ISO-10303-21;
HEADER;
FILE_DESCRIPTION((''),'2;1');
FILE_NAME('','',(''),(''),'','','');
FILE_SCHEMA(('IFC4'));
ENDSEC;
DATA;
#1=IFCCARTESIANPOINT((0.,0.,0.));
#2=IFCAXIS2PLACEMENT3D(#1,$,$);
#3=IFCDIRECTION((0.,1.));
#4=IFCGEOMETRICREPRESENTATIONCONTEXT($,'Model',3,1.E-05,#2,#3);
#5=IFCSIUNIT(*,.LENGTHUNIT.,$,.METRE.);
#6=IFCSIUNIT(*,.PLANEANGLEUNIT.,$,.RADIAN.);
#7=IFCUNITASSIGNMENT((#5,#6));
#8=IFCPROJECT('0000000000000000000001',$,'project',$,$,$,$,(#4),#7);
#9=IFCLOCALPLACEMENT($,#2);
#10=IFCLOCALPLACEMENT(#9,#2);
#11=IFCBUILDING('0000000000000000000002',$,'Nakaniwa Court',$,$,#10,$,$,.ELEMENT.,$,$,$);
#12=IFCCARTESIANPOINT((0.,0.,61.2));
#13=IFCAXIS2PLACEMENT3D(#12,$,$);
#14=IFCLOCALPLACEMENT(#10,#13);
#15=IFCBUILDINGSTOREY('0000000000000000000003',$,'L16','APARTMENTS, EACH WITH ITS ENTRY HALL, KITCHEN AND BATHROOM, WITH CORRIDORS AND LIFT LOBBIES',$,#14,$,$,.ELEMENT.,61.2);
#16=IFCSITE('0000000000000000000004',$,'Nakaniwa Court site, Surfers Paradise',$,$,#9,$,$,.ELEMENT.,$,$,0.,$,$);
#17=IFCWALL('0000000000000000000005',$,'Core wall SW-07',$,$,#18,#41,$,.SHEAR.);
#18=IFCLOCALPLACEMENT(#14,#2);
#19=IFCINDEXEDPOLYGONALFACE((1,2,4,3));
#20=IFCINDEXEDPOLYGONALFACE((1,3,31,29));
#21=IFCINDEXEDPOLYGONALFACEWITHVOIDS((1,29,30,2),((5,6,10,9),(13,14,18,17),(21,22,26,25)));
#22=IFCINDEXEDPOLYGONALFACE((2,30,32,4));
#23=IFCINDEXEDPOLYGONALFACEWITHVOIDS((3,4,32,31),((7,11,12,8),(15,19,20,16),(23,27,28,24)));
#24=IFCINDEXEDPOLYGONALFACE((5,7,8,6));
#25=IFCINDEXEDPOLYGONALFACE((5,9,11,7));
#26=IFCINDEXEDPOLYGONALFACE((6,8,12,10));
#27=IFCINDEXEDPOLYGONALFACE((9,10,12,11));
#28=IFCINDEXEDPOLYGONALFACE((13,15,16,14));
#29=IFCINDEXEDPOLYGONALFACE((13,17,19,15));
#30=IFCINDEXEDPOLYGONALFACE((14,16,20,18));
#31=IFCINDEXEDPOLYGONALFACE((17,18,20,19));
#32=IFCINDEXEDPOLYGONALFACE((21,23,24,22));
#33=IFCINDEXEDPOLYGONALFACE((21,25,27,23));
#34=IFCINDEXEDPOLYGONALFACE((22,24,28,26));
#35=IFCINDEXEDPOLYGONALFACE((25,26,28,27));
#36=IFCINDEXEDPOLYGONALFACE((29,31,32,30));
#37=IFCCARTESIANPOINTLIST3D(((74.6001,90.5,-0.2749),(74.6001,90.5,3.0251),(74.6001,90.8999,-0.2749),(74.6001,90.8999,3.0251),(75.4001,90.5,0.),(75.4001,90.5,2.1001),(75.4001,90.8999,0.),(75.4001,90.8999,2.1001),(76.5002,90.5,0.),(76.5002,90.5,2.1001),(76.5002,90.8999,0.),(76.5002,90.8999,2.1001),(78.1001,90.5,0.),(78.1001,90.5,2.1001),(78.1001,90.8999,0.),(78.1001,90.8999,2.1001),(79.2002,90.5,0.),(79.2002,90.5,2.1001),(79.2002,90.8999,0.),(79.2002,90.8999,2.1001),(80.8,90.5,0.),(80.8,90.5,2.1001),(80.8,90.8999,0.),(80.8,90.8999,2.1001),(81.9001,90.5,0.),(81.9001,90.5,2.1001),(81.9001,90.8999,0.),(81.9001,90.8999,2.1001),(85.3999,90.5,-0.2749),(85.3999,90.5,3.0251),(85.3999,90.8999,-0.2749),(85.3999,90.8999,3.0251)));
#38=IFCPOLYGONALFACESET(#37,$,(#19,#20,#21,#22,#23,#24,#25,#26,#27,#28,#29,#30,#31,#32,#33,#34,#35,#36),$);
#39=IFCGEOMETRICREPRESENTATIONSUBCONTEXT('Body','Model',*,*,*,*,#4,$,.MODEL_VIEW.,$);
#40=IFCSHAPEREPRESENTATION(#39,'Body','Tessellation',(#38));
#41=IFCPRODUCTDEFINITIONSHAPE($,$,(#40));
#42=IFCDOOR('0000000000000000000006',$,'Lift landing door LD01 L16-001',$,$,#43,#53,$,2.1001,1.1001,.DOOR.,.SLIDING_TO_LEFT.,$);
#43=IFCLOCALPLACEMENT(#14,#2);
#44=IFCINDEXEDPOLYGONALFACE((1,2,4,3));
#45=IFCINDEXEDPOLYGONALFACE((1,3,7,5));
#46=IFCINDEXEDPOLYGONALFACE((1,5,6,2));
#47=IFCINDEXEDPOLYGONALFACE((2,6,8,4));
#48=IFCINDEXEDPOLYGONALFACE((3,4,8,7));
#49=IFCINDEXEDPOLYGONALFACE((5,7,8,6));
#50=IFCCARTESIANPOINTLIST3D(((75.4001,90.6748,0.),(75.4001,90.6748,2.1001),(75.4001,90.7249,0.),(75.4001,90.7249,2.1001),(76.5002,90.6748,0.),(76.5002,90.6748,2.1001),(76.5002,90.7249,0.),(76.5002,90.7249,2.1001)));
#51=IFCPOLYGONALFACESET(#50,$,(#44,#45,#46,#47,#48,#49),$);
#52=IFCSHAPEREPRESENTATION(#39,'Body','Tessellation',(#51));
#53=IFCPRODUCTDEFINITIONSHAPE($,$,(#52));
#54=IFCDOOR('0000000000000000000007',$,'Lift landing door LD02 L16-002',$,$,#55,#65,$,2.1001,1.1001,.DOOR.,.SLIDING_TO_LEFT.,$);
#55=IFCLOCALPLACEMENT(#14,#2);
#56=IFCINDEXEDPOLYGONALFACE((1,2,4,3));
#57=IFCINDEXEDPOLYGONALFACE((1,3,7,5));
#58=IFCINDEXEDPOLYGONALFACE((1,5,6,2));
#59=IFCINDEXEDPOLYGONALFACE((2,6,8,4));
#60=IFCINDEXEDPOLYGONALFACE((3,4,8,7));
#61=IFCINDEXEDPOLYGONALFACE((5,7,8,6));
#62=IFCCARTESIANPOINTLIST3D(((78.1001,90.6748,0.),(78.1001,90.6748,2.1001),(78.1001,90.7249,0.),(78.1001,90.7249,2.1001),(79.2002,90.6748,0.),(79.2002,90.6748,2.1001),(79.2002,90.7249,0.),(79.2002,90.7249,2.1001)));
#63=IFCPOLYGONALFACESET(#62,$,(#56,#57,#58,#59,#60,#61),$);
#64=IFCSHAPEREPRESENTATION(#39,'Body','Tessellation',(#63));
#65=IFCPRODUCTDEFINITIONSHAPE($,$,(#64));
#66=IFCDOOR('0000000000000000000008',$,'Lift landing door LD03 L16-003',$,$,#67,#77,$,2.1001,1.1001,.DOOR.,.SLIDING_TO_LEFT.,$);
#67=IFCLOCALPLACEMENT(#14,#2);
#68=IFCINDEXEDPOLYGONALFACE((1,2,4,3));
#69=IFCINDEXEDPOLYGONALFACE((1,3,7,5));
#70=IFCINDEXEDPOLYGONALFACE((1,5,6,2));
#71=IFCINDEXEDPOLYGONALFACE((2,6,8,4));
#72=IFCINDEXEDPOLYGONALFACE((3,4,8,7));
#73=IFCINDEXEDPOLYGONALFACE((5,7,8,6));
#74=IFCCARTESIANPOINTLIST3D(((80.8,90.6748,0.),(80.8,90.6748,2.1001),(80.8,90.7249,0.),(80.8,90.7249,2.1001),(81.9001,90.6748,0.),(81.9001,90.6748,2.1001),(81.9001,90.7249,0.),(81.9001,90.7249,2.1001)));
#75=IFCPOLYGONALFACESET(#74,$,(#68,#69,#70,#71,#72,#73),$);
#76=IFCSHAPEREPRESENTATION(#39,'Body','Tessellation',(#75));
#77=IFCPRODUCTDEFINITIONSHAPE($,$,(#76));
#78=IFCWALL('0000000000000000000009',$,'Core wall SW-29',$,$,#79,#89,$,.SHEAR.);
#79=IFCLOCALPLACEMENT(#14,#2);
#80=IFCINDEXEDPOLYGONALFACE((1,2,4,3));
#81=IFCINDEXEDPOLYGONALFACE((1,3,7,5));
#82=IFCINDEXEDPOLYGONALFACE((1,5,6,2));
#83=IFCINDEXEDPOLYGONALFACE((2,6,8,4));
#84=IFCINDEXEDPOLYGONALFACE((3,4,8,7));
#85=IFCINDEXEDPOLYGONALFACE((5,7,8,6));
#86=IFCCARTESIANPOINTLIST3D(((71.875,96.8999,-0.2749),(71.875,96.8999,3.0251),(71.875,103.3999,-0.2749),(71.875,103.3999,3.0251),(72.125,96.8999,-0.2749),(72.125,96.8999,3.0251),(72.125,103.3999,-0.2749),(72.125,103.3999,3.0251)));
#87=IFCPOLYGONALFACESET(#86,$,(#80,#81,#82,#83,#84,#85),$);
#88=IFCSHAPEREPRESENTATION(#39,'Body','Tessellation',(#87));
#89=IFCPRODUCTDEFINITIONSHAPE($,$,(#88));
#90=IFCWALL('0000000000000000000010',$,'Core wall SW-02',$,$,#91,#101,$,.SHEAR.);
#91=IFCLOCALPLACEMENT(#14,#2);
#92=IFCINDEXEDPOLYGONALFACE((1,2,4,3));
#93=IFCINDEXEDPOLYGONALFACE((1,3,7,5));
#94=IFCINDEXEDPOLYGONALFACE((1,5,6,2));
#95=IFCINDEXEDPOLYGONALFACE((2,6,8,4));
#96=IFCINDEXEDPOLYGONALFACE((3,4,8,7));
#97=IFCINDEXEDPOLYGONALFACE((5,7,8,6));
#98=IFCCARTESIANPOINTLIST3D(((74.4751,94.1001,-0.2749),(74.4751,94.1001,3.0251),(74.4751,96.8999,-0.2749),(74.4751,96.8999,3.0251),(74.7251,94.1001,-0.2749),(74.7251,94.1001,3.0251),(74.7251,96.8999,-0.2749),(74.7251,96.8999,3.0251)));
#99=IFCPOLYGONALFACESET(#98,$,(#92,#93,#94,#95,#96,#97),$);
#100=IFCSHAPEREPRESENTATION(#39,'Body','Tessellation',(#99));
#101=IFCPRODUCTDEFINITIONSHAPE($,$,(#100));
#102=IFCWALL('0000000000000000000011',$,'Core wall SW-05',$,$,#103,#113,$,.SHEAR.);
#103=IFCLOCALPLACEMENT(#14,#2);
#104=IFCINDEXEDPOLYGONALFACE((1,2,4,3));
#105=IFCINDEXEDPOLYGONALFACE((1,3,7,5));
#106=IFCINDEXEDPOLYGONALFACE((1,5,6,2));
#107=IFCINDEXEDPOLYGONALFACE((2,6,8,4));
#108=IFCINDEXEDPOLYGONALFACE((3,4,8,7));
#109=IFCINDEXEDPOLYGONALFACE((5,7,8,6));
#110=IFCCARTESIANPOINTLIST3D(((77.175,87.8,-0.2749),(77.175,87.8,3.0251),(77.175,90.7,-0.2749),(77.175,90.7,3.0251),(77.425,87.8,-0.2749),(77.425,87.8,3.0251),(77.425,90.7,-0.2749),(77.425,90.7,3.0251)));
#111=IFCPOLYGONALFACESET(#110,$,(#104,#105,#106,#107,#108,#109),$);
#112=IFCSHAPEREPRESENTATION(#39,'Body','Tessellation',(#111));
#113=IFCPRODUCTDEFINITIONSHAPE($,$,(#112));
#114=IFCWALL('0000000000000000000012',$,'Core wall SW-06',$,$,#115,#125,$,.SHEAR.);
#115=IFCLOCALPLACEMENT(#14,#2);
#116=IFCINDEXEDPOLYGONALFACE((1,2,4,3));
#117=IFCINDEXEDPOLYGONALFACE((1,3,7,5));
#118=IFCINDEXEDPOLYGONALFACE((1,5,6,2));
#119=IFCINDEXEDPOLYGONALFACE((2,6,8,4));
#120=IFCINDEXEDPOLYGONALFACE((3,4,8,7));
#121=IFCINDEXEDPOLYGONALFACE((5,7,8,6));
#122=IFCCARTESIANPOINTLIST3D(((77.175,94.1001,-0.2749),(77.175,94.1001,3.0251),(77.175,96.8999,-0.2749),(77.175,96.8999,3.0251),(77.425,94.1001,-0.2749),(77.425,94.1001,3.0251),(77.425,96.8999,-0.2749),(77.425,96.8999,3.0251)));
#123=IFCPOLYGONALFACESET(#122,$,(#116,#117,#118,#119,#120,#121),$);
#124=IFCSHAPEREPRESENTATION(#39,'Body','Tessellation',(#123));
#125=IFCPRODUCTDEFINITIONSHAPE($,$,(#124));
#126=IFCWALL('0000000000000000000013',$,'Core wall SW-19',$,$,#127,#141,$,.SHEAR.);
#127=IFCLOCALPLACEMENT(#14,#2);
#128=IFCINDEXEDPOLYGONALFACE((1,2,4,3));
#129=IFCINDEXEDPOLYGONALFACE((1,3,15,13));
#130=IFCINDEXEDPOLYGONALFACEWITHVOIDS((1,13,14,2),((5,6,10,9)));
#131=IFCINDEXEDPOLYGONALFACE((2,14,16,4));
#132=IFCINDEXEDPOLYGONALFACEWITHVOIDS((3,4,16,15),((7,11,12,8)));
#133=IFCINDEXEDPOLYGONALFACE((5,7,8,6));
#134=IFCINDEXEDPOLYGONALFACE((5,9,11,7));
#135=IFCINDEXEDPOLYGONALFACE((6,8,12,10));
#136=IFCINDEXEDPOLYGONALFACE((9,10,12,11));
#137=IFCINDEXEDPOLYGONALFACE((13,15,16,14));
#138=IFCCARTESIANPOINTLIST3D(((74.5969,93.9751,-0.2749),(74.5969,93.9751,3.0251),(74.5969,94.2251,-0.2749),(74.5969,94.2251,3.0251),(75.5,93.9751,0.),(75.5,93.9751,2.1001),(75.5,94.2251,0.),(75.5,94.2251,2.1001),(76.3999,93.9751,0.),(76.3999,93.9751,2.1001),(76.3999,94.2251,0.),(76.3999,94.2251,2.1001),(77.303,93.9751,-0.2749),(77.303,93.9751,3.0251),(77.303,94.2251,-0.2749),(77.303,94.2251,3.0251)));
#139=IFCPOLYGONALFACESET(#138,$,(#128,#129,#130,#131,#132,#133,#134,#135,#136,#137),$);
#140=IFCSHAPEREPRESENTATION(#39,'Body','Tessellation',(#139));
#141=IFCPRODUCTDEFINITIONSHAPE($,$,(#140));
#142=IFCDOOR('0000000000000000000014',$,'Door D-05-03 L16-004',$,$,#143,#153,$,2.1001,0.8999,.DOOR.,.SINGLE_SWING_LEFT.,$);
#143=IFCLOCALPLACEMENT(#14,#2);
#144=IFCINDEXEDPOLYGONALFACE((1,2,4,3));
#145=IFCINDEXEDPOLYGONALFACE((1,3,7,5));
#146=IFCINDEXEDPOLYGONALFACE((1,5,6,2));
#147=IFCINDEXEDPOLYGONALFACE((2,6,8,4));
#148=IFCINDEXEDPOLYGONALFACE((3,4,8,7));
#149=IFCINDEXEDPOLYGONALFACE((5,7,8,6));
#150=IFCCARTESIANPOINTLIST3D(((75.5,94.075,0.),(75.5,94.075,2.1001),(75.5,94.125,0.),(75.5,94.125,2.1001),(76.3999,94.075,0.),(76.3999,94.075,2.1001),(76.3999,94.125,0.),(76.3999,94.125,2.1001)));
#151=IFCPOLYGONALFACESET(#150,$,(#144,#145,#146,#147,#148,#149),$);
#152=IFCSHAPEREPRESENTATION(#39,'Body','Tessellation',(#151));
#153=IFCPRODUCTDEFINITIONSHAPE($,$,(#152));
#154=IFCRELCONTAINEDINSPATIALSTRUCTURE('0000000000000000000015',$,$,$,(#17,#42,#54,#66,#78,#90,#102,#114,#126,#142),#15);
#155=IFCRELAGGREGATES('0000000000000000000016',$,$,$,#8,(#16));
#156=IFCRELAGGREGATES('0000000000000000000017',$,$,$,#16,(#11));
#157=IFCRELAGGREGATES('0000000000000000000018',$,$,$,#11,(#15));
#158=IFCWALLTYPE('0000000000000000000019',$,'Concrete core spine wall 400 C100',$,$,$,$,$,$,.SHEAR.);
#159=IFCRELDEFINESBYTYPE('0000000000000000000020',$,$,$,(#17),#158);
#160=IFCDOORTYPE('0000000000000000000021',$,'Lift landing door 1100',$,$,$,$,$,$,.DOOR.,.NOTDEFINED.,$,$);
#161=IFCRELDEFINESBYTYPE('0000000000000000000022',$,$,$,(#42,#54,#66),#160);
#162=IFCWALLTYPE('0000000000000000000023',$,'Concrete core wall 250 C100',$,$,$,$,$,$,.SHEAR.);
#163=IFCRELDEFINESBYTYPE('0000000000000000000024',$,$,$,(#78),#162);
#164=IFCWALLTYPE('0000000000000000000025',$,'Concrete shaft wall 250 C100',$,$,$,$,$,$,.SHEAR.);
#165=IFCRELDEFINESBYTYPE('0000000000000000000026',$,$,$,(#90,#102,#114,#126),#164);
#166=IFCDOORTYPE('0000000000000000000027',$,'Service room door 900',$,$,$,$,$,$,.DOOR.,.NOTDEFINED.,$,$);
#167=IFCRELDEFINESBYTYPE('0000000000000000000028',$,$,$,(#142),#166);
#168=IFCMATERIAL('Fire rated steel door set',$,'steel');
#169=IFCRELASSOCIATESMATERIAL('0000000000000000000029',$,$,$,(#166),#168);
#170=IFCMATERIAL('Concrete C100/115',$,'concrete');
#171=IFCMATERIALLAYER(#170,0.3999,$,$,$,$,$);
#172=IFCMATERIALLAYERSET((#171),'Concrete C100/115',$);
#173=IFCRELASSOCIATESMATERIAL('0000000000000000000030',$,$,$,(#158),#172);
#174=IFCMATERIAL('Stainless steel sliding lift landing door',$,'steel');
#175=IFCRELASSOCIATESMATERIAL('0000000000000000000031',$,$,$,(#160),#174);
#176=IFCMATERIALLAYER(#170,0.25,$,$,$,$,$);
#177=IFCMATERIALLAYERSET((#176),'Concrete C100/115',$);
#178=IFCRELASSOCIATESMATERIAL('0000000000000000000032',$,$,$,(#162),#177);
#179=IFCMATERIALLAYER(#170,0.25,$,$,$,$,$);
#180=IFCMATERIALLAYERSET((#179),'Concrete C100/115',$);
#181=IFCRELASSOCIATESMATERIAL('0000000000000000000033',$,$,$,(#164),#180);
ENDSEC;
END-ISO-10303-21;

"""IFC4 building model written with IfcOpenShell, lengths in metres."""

from ifc_helpers import new_model, si_unit, direction, frame, frame_2d, origin, place, context, subcontext, project, spatial, rectangle, extrude, material, layer, layer_set, type_object, element, fill, save


model = new_model("IFC4")

# Units and contexts
model_context = context("Model", 3, precision=1e-05, world=origin(), true_north=direction((0.0, 1.0)))
body_context = subcontext(model_context, "Body", "Model", "MODEL_VIEW")
ifc_project = project(units=[si_unit("LENGTHUNIT", "METRE"), si_unit("PLANEANGLEUNIT", "RADIAN")], contexts=[model_context])

# Site, building, storey
site_placement = place(None, origin())
site = spatial("IfcSite", under=ifc_project, at=site_placement, Name="Nakaniwa Court site, Surfers Paradise", CompositionType="ELEMENT", RefElevation=0.0)
building_placement = place(site_placement, origin())
building = spatial("IfcBuilding", under=site, at=building_placement, Name="Nakaniwa Court", CompositionType="ELEMENT")
storey_placement = place(building_placement, frame((0.0, 0.0, 61.2)))
storey = spatial("IfcBuildingStorey", under=building, at=storey_placement, Name="L16", Description="APARTMENTS, EACH WITH ITS ENTRY HALL, KITCHEN AND BATHROOM, WITH CORRIDORS AND LIFT LOBBIES", CompositionType="ELEMENT", Elevation=61.2)

# Shared definitions
ifc_material_1 = material(Name="Fire rated steel door set", Category="steel")
door_type_1 = type_object("IfcDoorType", Name="Service room door 900", OperationType="NOTDEFINED", PredefinedType="DOOR", material=ifc_material_1)

# Wall, openings, doors
ifc_material_2 = material(Name="Concrete C100/115", Category="concrete")
ifc_layer_1 = layer(ifc_material_2, 0.3999)
ifc_layer_set_1 = layer_set([ifc_layer_1], Name="Concrete C100/115")
wall_type_1 = type_object("IfcWallType", Name="Concrete core spine wall 400 C100", PredefinedType="SHEAR", material=ifc_layer_set_1)
wall_1_placement = place(storey_placement, frame((74.6001, 90.7, -0.2749), z_axis=(0.0, 0.0, 1.0), x_axis=(1.0, 0.0, 0.0)))
wall_1 = element("IfcWall", 1, at=wall_1_placement, inside=storey, type_object=wall_type_1, Name="Core wall SW-07", PredefinedType="SHEAR", context=body_context, shape_type="SweptSolid", body=[
    extrude(rectangle(XDim=10.7998, YDim=0.3999, at=frame_2d((5.3999, 0.0))), origin(), (0.0, 0.0, 1.0), 3.3),
])
opening_1_placement = place(wall_1_placement, frame((0.8, 0.0, 0.2749)))
opening_1 = element("IfcOpeningElement", 2, at=opening_1_placement, cuts=wall_1, PredefinedType="OPENING", context=body_context, shape_type="SweptSolid", body=[
    extrude(rectangle(XDim=1.1001, YDim=2.1001, at=frame_2d((0.55, 1.05))), frame((0.0, 0.21, 0.0), z_axis=(0.0, -1.0, 0.0), x_axis=(1.0, 0.0, 0.0)), (0.0, 0.0, 1.0), 0.4199),
])
opening_2_placement = place(wall_1_placement, frame((3.5, 0.0, 0.2749)))
opening_2 = element("IfcOpeningElement", 3, at=opening_2_placement, cuts=wall_1, PredefinedType="OPENING", context=body_context, shape_type="SweptSolid", body=[
    extrude(rectangle(XDim=1.1001, YDim=2.1001, at=frame_2d((0.55, 1.05))), frame((0.0, 0.21, 0.0), z_axis=(0.0, -1.0, 0.0), x_axis=(1.0, 0.0, 0.0)), (0.0, 0.0, 1.0), 0.4199),
])
opening_3_placement = place(wall_1_placement, frame((6.2, 0.0, 0.2749)))
opening_3 = element("IfcOpeningElement", 4, at=opening_3_placement, cuts=wall_1, PredefinedType="OPENING", context=body_context, shape_type="SweptSolid", body=[
    extrude(rectangle(XDim=1.1001, YDim=2.1001, at=frame_2d((0.55, 1.05))), frame((0.0, 0.21, 0.0), z_axis=(0.0, -1.0, 0.0), x_axis=(1.0, 0.0, 0.0)), (0.0, 0.0, 1.0), 0.4199),
])
ifc_material_3 = material(Name="Stainless steel sliding lift landing door", Category="steel")
door_type_2 = type_object("IfcDoorType", Name="Lift landing door 1100", OperationType="NOTDEFINED", PredefinedType="DOOR", material=ifc_material_3)
door_1_placement = place(opening_1_placement, origin())
door_1 = element("IfcDoor", 5, at=door_1_placement, inside=storey, type_object=door_type_2, Name="Lift landing door LD01 L16-001", OperationType="SLIDING_TO_LEFT", OverallHeight=2.1001, OverallWidth=1.1001, PredefinedType="DOOR", context=body_context, shape_type="SweptSolid", body=[
    extrude(rectangle(XDim=1.1001, YDim=2.1001, at=frame_2d((0.55, 1.05))), frame((0.0, 0.0249, 0.0), z_axis=(0.0, -1.0, 0.0), x_axis=(1.0, 0.0, 0.0)), (0.0, 0.0, 1.0), 0.05),
])
fill(opening_1, door_1)
door_2_placement = place(opening_2_placement, origin())
door_2 = element("IfcDoor", 6, at=door_2_placement, inside=storey, type_object=door_type_2, Name="Lift landing door LD02 L16-002", OperationType="SLIDING_TO_LEFT", OverallHeight=2.1001, OverallWidth=1.1001, PredefinedType="DOOR", context=body_context, shape_type="SweptSolid", body=[
    extrude(rectangle(XDim=1.1001, YDim=2.1001, at=frame_2d((0.55, 1.05))), frame((0.0, 0.0249, 0.0), z_axis=(0.0, -1.0, 0.0), x_axis=(1.0, 0.0, 0.0)), (0.0, 0.0, 1.0), 0.05),
])
fill(opening_2, door_2)
door_3_placement = place(opening_3_placement, origin())
door_3 = element("IfcDoor", 7, at=door_3_placement, inside=storey, type_object=door_type_2, Name="Lift landing door LD03 L16-003", OperationType="SLIDING_TO_LEFT", OverallHeight=2.1001, OverallWidth=1.1001, PredefinedType="DOOR", context=body_context, shape_type="SweptSolid", body=[
    extrude(rectangle(XDim=1.1001, YDim=2.1001, at=frame_2d((0.55, 1.05))), frame((0.0, 0.0249, 0.0), z_axis=(0.0, -1.0, 0.0), x_axis=(1.0, 0.0, 0.0)), (0.0, 0.0, 1.0), 0.05),
])
fill(opening_3, door_3)

# Walls
ifc_layer_2 = layer(ifc_material_2, 0.25)
ifc_layer_set_2 = layer_set([ifc_layer_2], Name="Concrete C100/115")
wall_type_2 = type_object("IfcWallType", Name="Concrete core wall 250 C100", PredefinedType="SHEAR", material=ifc_layer_set_2)
wall_2_placement = place(storey_placement, frame((72.0, 96.8999, -0.2749), z_axis=(0.0, 0.0, 1.0), x_axis=(0.0, 1.0, 0.0)))
element("IfcWall", 8, at=wall_2_placement, inside=storey, type_object=wall_type_2, Name="Core wall SW-29", PredefinedType="SHEAR", context=body_context, shape_type="SweptSolid", body=[
    extrude(rectangle(XDim=6.5, YDim=0.25, at=frame_2d((3.25, 0.0))), origin(), (0.0, 0.0, 1.0), 3.3),
])
ifc_layer_3 = layer(ifc_material_2, 0.25)
ifc_layer_set_3 = layer_set([ifc_layer_3], Name="Concrete C100/115")
wall_type_3 = type_object("IfcWallType", Name="Concrete shaft wall 250 C100", PredefinedType="SHEAR", material=ifc_layer_set_3)
wall_3_placement = place(storey_placement, frame((74.6001, 94.1001, -0.2749), z_axis=(0.0, 0.0, 1.0), x_axis=(0.0, 1.0, 0.0)))
element("IfcWall", 9, at=wall_3_placement, inside=storey, type_object=wall_type_3, Name="Core wall SW-02", PredefinedType="SHEAR", context=body_context, shape_type="SweptSolid", body=[
    extrude(rectangle(XDim=2.7998, YDim=0.25, at=frame_2d((1.3999, 0.0))), origin(), (0.0, 0.0, 1.0), 3.3),
])
wall_4_placement = place(storey_placement, frame((77.3, 87.8, -0.2749), z_axis=(0.0, 0.0, 1.0), x_axis=(0.0, 1.0, 0.0)))
element("IfcWall", 10, at=wall_4_placement, inside=storey, type_object=wall_type_3, Name="Core wall SW-05", PredefinedType="SHEAR", context=body_context, shape_type="SweptSolid", body=[
    extrude(rectangle(XDim=2.8999, YDim=0.25, at=frame_2d((1.45, 0.0))), origin(), (0.0, 0.0, 1.0), 3.3),
])
wall_5_placement = place(storey_placement, frame((77.3, 94.1001, -0.2749), z_axis=(0.0, 0.0, 1.0), x_axis=(0.0, 1.0, 0.0)))
element("IfcWall", 11, at=wall_5_placement, inside=storey, type_object=wall_type_3, Name="Core wall SW-06", PredefinedType="SHEAR", context=body_context, shape_type="SweptSolid", body=[
    extrude(rectangle(XDim=2.7998, YDim=0.25, at=frame_2d((1.3999, 0.0))), origin(), (0.0, 0.0, 1.0), 3.3),
])

# Wall, opening, door
wall_6_placement = place(storey_placement, frame((74.5969, 94.1001, -0.2749), z_axis=(0.0, 0.0, 1.0), x_axis=(1.0, 0.0, 0.0)))
wall_6 = element("IfcWall", 12, at=wall_6_placement, inside=storey, type_object=wall_type_3, Name="Core wall SW-19", PredefinedType="SHEAR", context=body_context, shape_type="SweptSolid", body=[
    extrude(rectangle(XDim=2.7061, YDim=0.25, at=frame_2d((1.353, 0.0))), origin(), (0.0, 0.0, 1.0), 3.3),
])
opening_4_placement = place(wall_6_placement, frame((0.9031, 0.0, 0.2749)))
opening_4 = element("IfcOpeningElement", 13, at=opening_4_placement, cuts=wall_6, PredefinedType="OPENING", context=body_context, shape_type="SweptSolid", body=[
    extrude(rectangle(XDim=0.8999, YDim=2.1001, at=frame_2d((0.45, 1.05))), frame((0.0, 0.135, 0.0), z_axis=(0.0, -1.0, 0.0), x_axis=(1.0, 0.0, 0.0)), (0.0, 0.0, 1.0), 0.27),
])
door_4_placement = place(opening_4_placement, origin())
door_4 = element("IfcDoor", 14, at=door_4_placement, inside=storey, type_object=door_type_1, Name="Door D-05-03 L16-004", OperationType="SINGLE_SWING_LEFT", OverallHeight=2.1001, OverallWidth=0.8999, PredefinedType="DOOR", context=body_context, shape_type="SweptSolid", body=[
    extrude(rectangle(XDim=0.8999, YDim=2.1001, at=frame_2d((0.45, 1.05))), frame((0.0, 0.0249, 0.0), z_axis=(0.0, -1.0, 0.0), x_axis=(1.0, 0.0, 0.0)), (0.0, 0.0, 1.0), 0.05),
])
fill(opening_4, door_4)

save(model, "model.ifc")
